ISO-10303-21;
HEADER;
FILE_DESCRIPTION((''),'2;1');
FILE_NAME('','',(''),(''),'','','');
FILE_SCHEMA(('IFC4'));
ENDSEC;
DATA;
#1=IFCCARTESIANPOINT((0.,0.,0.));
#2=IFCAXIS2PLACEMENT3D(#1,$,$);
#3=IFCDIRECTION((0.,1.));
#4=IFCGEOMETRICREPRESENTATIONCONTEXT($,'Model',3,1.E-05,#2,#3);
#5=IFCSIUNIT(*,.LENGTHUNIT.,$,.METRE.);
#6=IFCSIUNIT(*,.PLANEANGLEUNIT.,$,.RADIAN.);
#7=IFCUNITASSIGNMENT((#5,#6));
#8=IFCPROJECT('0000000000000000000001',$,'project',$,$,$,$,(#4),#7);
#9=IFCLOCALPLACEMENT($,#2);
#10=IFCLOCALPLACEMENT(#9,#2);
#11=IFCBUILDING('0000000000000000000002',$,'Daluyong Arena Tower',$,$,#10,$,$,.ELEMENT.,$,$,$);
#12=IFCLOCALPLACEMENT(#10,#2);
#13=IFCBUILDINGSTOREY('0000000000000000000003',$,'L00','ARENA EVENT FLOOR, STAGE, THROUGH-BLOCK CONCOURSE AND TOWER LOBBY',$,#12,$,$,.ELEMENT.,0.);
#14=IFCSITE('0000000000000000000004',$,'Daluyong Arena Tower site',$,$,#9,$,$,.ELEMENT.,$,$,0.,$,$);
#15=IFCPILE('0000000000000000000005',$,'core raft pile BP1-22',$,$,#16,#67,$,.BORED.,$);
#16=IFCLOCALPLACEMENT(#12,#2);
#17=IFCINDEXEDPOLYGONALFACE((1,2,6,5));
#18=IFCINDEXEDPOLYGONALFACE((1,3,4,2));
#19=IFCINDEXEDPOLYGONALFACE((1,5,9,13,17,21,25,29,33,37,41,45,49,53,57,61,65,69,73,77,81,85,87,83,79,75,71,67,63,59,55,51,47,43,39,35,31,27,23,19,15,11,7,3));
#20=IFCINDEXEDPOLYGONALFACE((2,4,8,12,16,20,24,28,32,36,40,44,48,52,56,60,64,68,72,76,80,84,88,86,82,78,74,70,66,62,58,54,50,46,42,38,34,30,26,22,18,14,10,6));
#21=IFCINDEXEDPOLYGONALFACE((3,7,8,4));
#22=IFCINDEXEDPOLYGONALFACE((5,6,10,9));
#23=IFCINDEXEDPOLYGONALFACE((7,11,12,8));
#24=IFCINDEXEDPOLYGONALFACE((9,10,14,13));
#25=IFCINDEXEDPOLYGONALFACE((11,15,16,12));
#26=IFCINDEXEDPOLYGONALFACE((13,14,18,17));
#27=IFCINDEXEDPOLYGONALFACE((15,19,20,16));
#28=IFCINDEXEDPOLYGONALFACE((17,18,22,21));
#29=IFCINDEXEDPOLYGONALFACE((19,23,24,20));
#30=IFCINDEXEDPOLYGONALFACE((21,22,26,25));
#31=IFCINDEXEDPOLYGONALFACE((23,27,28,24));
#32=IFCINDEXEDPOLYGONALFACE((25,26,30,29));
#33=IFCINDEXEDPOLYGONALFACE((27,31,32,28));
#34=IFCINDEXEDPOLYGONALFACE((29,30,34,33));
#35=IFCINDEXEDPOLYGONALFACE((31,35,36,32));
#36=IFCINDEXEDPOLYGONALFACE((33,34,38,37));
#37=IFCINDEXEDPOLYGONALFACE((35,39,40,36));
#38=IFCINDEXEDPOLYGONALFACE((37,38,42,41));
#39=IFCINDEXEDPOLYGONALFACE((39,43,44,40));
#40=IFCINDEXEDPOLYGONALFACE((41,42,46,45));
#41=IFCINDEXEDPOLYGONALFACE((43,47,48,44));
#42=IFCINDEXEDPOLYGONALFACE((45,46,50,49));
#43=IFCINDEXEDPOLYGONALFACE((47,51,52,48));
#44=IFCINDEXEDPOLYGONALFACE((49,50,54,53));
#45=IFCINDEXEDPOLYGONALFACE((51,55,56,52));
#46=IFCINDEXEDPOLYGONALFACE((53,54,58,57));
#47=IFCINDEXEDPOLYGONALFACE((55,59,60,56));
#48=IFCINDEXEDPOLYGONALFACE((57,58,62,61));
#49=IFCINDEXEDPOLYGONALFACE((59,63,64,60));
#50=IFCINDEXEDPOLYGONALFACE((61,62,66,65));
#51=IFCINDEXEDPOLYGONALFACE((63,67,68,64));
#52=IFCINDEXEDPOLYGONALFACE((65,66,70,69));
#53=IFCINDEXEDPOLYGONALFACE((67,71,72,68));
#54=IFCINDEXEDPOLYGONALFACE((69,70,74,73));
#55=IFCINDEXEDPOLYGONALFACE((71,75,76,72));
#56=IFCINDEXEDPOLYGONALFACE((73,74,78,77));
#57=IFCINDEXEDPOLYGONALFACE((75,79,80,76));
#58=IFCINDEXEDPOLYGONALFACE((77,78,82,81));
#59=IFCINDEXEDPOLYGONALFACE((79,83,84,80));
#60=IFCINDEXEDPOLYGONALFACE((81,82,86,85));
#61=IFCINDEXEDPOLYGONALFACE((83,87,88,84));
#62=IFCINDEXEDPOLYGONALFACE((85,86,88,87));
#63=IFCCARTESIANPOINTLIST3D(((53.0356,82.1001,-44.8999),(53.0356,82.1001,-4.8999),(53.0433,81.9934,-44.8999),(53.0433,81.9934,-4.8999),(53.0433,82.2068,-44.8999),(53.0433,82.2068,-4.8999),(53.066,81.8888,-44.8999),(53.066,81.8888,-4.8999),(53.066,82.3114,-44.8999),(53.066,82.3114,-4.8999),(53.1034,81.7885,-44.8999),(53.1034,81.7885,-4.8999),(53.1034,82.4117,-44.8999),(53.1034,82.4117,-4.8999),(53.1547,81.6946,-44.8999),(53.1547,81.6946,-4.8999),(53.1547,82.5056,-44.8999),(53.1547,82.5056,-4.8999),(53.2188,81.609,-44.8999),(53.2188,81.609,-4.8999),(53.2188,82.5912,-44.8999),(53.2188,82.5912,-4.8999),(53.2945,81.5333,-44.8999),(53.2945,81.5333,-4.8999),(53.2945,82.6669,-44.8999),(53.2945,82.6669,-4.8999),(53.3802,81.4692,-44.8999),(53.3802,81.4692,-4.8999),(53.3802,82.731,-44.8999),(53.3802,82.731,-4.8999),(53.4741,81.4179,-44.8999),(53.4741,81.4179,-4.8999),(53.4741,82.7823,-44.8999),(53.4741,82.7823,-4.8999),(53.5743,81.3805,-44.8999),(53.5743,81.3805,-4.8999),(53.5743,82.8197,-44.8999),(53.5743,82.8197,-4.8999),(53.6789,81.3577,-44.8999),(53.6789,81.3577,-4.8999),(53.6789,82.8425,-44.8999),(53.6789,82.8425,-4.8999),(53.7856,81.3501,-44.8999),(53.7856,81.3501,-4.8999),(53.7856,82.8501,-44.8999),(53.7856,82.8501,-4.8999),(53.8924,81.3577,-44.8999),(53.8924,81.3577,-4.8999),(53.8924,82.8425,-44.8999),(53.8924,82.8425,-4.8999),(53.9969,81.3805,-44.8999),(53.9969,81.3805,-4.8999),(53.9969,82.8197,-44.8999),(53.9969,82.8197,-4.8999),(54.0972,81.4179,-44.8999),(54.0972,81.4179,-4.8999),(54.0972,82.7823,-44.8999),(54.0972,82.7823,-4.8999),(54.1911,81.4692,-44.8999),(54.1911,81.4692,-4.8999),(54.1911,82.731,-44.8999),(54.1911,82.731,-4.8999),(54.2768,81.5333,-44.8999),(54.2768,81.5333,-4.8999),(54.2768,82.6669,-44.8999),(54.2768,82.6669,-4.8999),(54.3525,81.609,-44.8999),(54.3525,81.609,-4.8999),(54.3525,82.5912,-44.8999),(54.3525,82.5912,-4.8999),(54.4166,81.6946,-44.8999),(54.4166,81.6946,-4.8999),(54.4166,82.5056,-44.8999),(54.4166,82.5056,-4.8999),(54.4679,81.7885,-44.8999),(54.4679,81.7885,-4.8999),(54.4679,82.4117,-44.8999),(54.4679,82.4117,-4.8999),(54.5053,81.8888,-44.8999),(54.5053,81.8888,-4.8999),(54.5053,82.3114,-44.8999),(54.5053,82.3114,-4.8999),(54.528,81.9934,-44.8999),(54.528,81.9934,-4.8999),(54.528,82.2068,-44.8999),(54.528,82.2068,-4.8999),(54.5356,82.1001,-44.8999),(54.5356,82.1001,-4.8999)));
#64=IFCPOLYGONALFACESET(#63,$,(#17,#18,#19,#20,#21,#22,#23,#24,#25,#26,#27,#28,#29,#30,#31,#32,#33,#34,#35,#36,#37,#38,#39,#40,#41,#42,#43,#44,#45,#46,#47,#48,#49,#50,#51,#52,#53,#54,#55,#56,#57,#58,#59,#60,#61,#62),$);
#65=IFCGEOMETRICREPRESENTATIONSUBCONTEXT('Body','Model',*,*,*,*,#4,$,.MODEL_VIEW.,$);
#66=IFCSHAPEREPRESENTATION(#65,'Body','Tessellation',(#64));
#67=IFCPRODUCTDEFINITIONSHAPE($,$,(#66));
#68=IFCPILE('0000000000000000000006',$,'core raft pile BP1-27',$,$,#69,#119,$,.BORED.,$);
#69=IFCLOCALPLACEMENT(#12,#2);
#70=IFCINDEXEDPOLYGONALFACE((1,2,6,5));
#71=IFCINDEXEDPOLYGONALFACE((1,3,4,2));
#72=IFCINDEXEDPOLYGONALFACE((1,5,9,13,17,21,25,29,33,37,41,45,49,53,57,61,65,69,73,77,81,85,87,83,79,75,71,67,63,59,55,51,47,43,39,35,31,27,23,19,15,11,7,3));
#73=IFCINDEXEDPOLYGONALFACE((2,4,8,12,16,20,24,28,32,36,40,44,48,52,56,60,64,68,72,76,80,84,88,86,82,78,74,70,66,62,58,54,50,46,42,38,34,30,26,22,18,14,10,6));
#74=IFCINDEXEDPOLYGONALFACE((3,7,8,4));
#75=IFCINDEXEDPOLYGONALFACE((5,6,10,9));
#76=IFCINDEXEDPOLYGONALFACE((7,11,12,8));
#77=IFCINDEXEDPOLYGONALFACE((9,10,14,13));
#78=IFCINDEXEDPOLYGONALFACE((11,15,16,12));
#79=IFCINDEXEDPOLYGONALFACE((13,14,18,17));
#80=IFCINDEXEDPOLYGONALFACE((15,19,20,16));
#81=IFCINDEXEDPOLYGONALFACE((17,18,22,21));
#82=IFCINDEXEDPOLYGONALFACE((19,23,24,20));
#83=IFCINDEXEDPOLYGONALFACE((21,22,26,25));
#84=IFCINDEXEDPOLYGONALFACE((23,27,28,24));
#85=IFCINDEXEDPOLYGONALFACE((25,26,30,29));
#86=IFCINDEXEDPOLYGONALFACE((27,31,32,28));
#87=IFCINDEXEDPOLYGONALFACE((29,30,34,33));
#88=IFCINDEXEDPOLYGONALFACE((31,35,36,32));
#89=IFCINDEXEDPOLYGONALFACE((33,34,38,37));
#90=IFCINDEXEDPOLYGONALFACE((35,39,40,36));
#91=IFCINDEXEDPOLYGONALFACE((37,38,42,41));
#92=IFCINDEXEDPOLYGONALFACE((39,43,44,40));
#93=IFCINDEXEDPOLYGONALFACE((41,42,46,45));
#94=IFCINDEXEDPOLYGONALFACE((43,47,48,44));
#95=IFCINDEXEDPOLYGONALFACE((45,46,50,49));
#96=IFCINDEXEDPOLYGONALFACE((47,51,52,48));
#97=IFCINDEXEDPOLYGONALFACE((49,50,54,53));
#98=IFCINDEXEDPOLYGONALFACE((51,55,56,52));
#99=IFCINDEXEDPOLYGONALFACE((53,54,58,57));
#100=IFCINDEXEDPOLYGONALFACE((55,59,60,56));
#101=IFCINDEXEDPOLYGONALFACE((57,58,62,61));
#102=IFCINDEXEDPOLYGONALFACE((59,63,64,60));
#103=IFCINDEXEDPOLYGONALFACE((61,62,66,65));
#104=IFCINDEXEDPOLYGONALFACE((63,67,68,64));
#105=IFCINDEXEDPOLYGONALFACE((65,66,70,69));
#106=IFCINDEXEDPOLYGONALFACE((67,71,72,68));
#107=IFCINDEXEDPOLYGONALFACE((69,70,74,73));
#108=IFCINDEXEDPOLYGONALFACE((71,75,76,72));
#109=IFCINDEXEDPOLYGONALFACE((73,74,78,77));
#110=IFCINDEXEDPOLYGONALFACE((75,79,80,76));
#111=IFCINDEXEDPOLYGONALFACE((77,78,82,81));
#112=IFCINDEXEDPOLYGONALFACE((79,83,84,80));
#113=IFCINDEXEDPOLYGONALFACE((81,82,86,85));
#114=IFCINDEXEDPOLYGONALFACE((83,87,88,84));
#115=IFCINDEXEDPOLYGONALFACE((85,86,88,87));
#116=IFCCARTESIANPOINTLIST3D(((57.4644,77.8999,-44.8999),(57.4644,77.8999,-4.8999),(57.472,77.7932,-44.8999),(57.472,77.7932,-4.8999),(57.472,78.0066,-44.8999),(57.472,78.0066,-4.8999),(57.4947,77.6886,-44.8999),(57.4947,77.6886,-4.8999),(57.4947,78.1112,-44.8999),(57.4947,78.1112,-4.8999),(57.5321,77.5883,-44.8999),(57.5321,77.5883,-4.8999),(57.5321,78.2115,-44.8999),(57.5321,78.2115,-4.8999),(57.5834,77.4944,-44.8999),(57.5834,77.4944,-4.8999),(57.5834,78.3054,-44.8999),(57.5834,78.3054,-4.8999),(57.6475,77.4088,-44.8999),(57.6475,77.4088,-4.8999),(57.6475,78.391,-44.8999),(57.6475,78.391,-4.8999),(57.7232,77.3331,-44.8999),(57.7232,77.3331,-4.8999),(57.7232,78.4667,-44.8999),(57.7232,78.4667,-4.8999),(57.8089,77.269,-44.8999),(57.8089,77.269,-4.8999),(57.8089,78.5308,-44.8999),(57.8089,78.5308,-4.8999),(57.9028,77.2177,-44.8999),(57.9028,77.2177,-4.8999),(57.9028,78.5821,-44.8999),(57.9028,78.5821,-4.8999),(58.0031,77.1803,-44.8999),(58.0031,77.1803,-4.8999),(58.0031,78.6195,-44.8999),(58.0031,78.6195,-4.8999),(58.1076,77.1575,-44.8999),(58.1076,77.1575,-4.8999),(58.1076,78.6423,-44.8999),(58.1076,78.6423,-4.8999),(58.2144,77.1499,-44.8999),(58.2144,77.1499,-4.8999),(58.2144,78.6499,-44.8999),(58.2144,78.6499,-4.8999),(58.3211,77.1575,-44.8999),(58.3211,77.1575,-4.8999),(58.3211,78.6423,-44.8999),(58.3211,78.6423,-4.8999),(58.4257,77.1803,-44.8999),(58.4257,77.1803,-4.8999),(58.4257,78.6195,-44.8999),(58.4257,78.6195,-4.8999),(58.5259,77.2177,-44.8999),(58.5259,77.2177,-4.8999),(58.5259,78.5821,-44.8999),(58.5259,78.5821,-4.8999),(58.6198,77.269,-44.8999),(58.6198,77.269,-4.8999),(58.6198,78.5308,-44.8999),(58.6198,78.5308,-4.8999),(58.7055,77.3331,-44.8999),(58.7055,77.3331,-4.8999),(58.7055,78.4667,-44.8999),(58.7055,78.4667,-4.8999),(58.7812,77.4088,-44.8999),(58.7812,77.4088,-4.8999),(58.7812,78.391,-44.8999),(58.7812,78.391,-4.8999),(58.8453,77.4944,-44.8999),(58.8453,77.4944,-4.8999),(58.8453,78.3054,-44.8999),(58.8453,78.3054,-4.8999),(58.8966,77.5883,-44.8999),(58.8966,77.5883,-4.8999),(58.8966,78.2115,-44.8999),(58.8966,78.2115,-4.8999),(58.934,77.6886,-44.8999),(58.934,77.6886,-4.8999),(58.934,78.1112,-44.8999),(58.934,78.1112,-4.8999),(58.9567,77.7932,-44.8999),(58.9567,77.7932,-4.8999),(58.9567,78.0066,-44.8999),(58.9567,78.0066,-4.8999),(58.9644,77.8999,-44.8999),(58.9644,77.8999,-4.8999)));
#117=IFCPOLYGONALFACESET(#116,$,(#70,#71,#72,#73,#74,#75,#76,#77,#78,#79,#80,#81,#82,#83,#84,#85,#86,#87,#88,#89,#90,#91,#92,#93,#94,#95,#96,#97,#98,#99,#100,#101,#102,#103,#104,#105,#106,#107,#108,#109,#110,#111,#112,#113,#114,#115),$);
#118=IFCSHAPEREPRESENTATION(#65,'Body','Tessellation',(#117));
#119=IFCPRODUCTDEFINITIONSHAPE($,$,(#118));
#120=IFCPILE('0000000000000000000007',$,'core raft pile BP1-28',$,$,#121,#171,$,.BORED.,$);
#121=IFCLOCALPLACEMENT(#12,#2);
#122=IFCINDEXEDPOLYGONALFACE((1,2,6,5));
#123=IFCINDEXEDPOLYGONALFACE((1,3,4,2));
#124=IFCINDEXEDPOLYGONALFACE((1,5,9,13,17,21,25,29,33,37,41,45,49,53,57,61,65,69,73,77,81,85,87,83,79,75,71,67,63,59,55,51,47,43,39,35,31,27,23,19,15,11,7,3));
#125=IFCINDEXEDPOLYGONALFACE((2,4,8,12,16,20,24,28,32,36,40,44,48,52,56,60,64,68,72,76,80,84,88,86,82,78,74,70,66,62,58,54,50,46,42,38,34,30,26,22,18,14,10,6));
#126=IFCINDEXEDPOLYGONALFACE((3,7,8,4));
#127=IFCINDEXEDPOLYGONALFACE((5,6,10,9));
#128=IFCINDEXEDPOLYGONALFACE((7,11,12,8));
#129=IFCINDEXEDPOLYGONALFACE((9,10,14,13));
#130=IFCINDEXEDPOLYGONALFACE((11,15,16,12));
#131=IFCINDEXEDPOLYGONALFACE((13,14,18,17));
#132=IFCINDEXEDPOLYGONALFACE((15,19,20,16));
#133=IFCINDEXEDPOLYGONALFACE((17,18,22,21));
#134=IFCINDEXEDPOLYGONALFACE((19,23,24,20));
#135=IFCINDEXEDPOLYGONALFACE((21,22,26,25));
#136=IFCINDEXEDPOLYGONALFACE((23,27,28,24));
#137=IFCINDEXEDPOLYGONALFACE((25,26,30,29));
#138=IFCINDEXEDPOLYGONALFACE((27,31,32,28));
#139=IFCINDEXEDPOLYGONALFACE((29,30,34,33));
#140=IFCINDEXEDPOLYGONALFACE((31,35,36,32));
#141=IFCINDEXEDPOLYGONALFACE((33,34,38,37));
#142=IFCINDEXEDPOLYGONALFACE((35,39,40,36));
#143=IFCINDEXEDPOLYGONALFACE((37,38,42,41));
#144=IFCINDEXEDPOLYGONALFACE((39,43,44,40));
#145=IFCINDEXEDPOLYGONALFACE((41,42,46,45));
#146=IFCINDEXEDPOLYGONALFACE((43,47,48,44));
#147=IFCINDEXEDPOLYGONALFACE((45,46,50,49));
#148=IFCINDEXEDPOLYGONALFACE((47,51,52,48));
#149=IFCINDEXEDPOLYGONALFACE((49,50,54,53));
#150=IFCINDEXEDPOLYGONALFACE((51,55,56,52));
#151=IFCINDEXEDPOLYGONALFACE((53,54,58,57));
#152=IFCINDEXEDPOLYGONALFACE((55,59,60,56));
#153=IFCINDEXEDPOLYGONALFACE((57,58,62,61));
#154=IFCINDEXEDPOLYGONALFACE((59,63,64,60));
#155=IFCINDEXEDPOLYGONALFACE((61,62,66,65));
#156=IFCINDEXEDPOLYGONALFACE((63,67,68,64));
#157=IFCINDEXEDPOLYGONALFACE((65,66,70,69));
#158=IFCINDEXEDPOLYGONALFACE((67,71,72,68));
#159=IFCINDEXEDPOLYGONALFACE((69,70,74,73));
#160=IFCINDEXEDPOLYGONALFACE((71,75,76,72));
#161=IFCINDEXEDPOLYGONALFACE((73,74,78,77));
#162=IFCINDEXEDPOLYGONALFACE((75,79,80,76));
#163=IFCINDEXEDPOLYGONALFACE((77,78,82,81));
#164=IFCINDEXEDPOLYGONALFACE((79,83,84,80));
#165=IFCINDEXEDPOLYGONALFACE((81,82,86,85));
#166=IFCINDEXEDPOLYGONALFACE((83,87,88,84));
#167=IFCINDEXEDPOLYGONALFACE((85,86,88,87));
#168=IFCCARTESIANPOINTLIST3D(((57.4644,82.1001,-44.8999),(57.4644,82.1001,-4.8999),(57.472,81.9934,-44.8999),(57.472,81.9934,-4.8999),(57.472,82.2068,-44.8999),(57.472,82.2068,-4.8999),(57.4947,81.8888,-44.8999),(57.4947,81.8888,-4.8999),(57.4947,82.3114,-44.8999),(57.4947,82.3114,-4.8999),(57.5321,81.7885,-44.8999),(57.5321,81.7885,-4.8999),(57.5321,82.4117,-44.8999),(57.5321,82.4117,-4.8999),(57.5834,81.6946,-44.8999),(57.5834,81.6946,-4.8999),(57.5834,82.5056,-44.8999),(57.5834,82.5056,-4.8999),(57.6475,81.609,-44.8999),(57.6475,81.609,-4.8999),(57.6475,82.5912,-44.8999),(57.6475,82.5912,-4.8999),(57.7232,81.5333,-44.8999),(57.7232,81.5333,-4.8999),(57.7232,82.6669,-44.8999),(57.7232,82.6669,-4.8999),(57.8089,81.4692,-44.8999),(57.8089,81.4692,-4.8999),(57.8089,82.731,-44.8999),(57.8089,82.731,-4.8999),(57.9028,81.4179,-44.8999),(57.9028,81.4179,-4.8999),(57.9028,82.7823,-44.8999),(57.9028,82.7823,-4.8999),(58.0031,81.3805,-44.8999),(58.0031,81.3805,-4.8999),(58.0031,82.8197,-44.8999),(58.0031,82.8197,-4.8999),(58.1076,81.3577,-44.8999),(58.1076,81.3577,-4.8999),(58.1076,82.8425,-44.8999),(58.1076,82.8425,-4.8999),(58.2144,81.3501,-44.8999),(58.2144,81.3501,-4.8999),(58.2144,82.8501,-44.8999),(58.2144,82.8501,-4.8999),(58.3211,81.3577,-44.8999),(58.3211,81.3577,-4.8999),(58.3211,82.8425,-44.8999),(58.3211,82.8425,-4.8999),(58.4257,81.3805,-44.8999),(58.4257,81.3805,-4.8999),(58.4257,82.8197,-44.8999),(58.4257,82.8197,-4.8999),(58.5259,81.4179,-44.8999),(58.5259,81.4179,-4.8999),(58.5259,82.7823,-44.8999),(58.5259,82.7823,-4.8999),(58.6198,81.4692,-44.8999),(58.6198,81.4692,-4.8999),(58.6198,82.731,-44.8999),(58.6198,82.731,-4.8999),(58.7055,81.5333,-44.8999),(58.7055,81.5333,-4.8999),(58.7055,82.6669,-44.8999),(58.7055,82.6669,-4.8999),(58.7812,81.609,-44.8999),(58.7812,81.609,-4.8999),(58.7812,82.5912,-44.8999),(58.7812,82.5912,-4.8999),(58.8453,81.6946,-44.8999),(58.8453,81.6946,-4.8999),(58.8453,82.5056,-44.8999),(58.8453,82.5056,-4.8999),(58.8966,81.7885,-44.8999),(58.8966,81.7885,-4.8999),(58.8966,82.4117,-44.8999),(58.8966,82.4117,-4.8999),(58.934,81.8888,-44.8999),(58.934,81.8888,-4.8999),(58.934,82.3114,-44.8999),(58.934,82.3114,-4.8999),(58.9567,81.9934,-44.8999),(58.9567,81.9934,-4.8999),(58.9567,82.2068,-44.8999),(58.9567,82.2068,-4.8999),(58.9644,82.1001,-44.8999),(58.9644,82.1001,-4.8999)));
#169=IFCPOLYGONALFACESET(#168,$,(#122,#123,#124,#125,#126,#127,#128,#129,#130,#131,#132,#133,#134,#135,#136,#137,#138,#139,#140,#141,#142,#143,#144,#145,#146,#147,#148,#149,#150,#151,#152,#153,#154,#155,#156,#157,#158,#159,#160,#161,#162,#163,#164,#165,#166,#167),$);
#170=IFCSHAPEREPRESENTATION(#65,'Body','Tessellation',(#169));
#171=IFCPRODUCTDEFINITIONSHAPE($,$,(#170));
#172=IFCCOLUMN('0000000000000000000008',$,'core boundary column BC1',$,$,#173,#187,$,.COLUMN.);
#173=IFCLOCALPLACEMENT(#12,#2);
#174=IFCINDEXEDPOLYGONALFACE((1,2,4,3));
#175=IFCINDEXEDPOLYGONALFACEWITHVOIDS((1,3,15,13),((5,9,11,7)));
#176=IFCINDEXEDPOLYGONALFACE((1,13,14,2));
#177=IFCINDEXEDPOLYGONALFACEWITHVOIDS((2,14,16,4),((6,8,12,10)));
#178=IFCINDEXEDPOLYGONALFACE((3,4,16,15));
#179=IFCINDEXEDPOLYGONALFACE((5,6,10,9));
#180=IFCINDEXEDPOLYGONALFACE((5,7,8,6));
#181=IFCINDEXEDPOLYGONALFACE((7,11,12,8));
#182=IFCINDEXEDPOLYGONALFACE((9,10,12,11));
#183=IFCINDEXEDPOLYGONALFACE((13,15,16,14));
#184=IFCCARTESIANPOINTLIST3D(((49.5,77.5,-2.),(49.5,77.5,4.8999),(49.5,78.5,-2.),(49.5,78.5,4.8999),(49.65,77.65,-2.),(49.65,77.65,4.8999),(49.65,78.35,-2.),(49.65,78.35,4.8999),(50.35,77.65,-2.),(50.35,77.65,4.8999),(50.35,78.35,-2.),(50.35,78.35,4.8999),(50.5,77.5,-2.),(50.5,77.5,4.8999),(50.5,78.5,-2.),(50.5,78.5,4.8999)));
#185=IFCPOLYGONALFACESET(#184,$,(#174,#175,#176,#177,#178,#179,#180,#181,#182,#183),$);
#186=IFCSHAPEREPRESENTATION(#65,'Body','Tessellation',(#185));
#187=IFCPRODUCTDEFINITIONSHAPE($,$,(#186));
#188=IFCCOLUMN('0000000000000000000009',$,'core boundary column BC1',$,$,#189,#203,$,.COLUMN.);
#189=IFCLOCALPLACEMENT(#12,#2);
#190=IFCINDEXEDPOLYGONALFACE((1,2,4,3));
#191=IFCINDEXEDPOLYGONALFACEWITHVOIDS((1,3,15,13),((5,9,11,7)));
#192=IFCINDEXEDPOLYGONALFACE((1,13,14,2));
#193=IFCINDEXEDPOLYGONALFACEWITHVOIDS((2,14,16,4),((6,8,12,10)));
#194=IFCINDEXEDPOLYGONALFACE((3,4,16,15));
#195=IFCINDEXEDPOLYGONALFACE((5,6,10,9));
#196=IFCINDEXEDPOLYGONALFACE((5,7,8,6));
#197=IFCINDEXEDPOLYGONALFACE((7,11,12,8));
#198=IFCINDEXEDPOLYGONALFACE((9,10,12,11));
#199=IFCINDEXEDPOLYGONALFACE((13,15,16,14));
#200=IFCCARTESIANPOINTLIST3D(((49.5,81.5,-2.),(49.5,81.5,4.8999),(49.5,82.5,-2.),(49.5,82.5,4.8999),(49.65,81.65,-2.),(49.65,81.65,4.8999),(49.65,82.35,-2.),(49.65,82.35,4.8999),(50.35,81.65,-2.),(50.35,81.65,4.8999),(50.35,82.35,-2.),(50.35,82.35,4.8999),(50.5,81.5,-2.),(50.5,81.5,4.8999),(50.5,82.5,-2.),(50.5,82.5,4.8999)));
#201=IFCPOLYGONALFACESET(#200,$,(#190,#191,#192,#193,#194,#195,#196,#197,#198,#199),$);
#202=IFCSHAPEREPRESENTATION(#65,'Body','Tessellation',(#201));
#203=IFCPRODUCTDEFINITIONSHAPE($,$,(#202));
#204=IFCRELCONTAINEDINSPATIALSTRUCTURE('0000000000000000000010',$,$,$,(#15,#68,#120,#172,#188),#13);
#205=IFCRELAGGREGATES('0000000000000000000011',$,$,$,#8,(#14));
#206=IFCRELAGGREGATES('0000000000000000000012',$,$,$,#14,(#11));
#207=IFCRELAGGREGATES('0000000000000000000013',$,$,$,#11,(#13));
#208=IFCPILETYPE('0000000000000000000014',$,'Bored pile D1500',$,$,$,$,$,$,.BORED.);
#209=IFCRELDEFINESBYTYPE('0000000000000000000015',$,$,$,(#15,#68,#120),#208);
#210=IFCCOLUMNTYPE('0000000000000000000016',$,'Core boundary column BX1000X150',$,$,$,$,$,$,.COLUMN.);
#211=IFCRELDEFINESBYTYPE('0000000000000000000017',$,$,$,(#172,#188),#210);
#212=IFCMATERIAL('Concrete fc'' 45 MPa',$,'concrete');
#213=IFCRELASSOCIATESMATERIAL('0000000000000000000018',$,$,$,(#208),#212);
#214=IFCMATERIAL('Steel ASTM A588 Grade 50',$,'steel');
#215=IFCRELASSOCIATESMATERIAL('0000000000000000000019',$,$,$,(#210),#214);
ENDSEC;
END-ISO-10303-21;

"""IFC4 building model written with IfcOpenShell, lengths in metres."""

from ifc_helpers import new_model, si_unit, direction, frame, origin, origin_2d, place, context, subcontext, project, spatial, hollow_rectangle, circle, extrude, material, material_profile, profile_set, type_object, element, save


model = new_model("IFC4")

# Units and contexts
model_context = context("Model", 3, precision=1e-05, world=origin(), true_north=direction((0.0, 1.0)))
body_context = subcontext(model_context, "Body", "Model", "MODEL_VIEW")
ifc_project = project(units=[si_unit("LENGTHUNIT", "METRE"), si_unit("PLANEANGLEUNIT", "RADIAN")], contexts=[model_context])

# Site, building, storey
site_placement = place(None, origin())
site = spatial("IfcSite", under=ifc_project, at=site_placement, Name="Daluyong Arena Tower site", CompositionType="ELEMENT", RefElevation=0.0)
building_placement = place(site_placement, origin())
building = spatial("IfcBuilding", under=site, at=building_placement, Name="Daluyong Arena Tower", CompositionType="ELEMENT")
storey_placement = place(building_placement, origin())
storey = spatial("IfcBuildingStorey", under=building, at=storey_placement, Name="L00", Description="ARENA EVENT FLOOR, STAGE, THROUGH-BLOCK CONCOURSE AND TOWER LOBBY", CompositionType="ELEMENT", Elevation=0.0)

# Piles
ifc_material_1 = material(Name="Concrete fc' 45 MPa", Category="concrete")
pile_type = type_object("IfcPileType", Name="Bored pile D1500", PredefinedType="BORED", material=ifc_material_1)
for number, where, z_axis, x_axis, name in (
    (1, (53.7856, 82.1001, -4.8999), (0.0, 0.0, -1.0), (1.0, 0.0, 0.0), "core raft pile BP1-22"),
    (2, (58.2144, 77.8999, -4.8999), (0.0, 0.0, -1.0), (1.0, 0.0, 0.0), "core raft pile BP1-27"),
    (3, (58.2144, 82.1001, -4.8999), (0.0, 0.0, -1.0), (1.0, 0.0, 0.0), "core raft pile BP1-28"),
):
    element("IfcPile", number, at=place(storey_placement, frame(where, z_axis=z_axis, x_axis=x_axis)), inside=storey, type_object=pile_type, Name=name, PredefinedType="BORED", context=body_context, shape_type="SweptSolid", body=[
        extrude(circle(Radius=0.75, at=origin_2d()), origin(), (0.0, 0.0, 1.0), 40.0),
    ])

# Columns
ifc_material_2 = material(Name="Steel ASTM A588 Grade 50", Category="steel")
ifc_material_profile = material_profile(ifc_material_2, hollow_rectangle(XDim=1.0, YDim=1.0, WallThickness=0.15, at=origin_2d()))
ifc_profile_set = profile_set([ifc_material_profile], Name="Steel ASTM A588 Grade 50")
column_type = type_object("IfcColumnType", Name="Core boundary column BX1000X150", PredefinedType="COLUMN", material=ifc_profile_set)
for number, where, z_axis, x_axis, name in (
    (4, (50.0, 78.0, -2.0), (0.0, 0.0, 1.0), (1.0, 0.0, 0.0), "core boundary column BC1"),
    (5, (50.0, 82.0, -2.0), (0.0, 0.0, 1.0), (1.0, 0.0, 0.0), "core boundary column BC1"),
):
    element("IfcColumn", number, at=place(storey_placement, frame(where, z_axis=z_axis, x_axis=x_axis)), inside=storey, type_object=column_type, Name=name, PredefinedType="COLUMN", context=body_context, shape_type="SweptSolid", body=[
        extrude(hollow_rectangle(XDim=1.0, YDim=1.0, WallThickness=0.15, at=origin_2d()), origin(), (0.0, 0.0, 1.0), 6.8999),
    ])

save(model, "model.ifc")
